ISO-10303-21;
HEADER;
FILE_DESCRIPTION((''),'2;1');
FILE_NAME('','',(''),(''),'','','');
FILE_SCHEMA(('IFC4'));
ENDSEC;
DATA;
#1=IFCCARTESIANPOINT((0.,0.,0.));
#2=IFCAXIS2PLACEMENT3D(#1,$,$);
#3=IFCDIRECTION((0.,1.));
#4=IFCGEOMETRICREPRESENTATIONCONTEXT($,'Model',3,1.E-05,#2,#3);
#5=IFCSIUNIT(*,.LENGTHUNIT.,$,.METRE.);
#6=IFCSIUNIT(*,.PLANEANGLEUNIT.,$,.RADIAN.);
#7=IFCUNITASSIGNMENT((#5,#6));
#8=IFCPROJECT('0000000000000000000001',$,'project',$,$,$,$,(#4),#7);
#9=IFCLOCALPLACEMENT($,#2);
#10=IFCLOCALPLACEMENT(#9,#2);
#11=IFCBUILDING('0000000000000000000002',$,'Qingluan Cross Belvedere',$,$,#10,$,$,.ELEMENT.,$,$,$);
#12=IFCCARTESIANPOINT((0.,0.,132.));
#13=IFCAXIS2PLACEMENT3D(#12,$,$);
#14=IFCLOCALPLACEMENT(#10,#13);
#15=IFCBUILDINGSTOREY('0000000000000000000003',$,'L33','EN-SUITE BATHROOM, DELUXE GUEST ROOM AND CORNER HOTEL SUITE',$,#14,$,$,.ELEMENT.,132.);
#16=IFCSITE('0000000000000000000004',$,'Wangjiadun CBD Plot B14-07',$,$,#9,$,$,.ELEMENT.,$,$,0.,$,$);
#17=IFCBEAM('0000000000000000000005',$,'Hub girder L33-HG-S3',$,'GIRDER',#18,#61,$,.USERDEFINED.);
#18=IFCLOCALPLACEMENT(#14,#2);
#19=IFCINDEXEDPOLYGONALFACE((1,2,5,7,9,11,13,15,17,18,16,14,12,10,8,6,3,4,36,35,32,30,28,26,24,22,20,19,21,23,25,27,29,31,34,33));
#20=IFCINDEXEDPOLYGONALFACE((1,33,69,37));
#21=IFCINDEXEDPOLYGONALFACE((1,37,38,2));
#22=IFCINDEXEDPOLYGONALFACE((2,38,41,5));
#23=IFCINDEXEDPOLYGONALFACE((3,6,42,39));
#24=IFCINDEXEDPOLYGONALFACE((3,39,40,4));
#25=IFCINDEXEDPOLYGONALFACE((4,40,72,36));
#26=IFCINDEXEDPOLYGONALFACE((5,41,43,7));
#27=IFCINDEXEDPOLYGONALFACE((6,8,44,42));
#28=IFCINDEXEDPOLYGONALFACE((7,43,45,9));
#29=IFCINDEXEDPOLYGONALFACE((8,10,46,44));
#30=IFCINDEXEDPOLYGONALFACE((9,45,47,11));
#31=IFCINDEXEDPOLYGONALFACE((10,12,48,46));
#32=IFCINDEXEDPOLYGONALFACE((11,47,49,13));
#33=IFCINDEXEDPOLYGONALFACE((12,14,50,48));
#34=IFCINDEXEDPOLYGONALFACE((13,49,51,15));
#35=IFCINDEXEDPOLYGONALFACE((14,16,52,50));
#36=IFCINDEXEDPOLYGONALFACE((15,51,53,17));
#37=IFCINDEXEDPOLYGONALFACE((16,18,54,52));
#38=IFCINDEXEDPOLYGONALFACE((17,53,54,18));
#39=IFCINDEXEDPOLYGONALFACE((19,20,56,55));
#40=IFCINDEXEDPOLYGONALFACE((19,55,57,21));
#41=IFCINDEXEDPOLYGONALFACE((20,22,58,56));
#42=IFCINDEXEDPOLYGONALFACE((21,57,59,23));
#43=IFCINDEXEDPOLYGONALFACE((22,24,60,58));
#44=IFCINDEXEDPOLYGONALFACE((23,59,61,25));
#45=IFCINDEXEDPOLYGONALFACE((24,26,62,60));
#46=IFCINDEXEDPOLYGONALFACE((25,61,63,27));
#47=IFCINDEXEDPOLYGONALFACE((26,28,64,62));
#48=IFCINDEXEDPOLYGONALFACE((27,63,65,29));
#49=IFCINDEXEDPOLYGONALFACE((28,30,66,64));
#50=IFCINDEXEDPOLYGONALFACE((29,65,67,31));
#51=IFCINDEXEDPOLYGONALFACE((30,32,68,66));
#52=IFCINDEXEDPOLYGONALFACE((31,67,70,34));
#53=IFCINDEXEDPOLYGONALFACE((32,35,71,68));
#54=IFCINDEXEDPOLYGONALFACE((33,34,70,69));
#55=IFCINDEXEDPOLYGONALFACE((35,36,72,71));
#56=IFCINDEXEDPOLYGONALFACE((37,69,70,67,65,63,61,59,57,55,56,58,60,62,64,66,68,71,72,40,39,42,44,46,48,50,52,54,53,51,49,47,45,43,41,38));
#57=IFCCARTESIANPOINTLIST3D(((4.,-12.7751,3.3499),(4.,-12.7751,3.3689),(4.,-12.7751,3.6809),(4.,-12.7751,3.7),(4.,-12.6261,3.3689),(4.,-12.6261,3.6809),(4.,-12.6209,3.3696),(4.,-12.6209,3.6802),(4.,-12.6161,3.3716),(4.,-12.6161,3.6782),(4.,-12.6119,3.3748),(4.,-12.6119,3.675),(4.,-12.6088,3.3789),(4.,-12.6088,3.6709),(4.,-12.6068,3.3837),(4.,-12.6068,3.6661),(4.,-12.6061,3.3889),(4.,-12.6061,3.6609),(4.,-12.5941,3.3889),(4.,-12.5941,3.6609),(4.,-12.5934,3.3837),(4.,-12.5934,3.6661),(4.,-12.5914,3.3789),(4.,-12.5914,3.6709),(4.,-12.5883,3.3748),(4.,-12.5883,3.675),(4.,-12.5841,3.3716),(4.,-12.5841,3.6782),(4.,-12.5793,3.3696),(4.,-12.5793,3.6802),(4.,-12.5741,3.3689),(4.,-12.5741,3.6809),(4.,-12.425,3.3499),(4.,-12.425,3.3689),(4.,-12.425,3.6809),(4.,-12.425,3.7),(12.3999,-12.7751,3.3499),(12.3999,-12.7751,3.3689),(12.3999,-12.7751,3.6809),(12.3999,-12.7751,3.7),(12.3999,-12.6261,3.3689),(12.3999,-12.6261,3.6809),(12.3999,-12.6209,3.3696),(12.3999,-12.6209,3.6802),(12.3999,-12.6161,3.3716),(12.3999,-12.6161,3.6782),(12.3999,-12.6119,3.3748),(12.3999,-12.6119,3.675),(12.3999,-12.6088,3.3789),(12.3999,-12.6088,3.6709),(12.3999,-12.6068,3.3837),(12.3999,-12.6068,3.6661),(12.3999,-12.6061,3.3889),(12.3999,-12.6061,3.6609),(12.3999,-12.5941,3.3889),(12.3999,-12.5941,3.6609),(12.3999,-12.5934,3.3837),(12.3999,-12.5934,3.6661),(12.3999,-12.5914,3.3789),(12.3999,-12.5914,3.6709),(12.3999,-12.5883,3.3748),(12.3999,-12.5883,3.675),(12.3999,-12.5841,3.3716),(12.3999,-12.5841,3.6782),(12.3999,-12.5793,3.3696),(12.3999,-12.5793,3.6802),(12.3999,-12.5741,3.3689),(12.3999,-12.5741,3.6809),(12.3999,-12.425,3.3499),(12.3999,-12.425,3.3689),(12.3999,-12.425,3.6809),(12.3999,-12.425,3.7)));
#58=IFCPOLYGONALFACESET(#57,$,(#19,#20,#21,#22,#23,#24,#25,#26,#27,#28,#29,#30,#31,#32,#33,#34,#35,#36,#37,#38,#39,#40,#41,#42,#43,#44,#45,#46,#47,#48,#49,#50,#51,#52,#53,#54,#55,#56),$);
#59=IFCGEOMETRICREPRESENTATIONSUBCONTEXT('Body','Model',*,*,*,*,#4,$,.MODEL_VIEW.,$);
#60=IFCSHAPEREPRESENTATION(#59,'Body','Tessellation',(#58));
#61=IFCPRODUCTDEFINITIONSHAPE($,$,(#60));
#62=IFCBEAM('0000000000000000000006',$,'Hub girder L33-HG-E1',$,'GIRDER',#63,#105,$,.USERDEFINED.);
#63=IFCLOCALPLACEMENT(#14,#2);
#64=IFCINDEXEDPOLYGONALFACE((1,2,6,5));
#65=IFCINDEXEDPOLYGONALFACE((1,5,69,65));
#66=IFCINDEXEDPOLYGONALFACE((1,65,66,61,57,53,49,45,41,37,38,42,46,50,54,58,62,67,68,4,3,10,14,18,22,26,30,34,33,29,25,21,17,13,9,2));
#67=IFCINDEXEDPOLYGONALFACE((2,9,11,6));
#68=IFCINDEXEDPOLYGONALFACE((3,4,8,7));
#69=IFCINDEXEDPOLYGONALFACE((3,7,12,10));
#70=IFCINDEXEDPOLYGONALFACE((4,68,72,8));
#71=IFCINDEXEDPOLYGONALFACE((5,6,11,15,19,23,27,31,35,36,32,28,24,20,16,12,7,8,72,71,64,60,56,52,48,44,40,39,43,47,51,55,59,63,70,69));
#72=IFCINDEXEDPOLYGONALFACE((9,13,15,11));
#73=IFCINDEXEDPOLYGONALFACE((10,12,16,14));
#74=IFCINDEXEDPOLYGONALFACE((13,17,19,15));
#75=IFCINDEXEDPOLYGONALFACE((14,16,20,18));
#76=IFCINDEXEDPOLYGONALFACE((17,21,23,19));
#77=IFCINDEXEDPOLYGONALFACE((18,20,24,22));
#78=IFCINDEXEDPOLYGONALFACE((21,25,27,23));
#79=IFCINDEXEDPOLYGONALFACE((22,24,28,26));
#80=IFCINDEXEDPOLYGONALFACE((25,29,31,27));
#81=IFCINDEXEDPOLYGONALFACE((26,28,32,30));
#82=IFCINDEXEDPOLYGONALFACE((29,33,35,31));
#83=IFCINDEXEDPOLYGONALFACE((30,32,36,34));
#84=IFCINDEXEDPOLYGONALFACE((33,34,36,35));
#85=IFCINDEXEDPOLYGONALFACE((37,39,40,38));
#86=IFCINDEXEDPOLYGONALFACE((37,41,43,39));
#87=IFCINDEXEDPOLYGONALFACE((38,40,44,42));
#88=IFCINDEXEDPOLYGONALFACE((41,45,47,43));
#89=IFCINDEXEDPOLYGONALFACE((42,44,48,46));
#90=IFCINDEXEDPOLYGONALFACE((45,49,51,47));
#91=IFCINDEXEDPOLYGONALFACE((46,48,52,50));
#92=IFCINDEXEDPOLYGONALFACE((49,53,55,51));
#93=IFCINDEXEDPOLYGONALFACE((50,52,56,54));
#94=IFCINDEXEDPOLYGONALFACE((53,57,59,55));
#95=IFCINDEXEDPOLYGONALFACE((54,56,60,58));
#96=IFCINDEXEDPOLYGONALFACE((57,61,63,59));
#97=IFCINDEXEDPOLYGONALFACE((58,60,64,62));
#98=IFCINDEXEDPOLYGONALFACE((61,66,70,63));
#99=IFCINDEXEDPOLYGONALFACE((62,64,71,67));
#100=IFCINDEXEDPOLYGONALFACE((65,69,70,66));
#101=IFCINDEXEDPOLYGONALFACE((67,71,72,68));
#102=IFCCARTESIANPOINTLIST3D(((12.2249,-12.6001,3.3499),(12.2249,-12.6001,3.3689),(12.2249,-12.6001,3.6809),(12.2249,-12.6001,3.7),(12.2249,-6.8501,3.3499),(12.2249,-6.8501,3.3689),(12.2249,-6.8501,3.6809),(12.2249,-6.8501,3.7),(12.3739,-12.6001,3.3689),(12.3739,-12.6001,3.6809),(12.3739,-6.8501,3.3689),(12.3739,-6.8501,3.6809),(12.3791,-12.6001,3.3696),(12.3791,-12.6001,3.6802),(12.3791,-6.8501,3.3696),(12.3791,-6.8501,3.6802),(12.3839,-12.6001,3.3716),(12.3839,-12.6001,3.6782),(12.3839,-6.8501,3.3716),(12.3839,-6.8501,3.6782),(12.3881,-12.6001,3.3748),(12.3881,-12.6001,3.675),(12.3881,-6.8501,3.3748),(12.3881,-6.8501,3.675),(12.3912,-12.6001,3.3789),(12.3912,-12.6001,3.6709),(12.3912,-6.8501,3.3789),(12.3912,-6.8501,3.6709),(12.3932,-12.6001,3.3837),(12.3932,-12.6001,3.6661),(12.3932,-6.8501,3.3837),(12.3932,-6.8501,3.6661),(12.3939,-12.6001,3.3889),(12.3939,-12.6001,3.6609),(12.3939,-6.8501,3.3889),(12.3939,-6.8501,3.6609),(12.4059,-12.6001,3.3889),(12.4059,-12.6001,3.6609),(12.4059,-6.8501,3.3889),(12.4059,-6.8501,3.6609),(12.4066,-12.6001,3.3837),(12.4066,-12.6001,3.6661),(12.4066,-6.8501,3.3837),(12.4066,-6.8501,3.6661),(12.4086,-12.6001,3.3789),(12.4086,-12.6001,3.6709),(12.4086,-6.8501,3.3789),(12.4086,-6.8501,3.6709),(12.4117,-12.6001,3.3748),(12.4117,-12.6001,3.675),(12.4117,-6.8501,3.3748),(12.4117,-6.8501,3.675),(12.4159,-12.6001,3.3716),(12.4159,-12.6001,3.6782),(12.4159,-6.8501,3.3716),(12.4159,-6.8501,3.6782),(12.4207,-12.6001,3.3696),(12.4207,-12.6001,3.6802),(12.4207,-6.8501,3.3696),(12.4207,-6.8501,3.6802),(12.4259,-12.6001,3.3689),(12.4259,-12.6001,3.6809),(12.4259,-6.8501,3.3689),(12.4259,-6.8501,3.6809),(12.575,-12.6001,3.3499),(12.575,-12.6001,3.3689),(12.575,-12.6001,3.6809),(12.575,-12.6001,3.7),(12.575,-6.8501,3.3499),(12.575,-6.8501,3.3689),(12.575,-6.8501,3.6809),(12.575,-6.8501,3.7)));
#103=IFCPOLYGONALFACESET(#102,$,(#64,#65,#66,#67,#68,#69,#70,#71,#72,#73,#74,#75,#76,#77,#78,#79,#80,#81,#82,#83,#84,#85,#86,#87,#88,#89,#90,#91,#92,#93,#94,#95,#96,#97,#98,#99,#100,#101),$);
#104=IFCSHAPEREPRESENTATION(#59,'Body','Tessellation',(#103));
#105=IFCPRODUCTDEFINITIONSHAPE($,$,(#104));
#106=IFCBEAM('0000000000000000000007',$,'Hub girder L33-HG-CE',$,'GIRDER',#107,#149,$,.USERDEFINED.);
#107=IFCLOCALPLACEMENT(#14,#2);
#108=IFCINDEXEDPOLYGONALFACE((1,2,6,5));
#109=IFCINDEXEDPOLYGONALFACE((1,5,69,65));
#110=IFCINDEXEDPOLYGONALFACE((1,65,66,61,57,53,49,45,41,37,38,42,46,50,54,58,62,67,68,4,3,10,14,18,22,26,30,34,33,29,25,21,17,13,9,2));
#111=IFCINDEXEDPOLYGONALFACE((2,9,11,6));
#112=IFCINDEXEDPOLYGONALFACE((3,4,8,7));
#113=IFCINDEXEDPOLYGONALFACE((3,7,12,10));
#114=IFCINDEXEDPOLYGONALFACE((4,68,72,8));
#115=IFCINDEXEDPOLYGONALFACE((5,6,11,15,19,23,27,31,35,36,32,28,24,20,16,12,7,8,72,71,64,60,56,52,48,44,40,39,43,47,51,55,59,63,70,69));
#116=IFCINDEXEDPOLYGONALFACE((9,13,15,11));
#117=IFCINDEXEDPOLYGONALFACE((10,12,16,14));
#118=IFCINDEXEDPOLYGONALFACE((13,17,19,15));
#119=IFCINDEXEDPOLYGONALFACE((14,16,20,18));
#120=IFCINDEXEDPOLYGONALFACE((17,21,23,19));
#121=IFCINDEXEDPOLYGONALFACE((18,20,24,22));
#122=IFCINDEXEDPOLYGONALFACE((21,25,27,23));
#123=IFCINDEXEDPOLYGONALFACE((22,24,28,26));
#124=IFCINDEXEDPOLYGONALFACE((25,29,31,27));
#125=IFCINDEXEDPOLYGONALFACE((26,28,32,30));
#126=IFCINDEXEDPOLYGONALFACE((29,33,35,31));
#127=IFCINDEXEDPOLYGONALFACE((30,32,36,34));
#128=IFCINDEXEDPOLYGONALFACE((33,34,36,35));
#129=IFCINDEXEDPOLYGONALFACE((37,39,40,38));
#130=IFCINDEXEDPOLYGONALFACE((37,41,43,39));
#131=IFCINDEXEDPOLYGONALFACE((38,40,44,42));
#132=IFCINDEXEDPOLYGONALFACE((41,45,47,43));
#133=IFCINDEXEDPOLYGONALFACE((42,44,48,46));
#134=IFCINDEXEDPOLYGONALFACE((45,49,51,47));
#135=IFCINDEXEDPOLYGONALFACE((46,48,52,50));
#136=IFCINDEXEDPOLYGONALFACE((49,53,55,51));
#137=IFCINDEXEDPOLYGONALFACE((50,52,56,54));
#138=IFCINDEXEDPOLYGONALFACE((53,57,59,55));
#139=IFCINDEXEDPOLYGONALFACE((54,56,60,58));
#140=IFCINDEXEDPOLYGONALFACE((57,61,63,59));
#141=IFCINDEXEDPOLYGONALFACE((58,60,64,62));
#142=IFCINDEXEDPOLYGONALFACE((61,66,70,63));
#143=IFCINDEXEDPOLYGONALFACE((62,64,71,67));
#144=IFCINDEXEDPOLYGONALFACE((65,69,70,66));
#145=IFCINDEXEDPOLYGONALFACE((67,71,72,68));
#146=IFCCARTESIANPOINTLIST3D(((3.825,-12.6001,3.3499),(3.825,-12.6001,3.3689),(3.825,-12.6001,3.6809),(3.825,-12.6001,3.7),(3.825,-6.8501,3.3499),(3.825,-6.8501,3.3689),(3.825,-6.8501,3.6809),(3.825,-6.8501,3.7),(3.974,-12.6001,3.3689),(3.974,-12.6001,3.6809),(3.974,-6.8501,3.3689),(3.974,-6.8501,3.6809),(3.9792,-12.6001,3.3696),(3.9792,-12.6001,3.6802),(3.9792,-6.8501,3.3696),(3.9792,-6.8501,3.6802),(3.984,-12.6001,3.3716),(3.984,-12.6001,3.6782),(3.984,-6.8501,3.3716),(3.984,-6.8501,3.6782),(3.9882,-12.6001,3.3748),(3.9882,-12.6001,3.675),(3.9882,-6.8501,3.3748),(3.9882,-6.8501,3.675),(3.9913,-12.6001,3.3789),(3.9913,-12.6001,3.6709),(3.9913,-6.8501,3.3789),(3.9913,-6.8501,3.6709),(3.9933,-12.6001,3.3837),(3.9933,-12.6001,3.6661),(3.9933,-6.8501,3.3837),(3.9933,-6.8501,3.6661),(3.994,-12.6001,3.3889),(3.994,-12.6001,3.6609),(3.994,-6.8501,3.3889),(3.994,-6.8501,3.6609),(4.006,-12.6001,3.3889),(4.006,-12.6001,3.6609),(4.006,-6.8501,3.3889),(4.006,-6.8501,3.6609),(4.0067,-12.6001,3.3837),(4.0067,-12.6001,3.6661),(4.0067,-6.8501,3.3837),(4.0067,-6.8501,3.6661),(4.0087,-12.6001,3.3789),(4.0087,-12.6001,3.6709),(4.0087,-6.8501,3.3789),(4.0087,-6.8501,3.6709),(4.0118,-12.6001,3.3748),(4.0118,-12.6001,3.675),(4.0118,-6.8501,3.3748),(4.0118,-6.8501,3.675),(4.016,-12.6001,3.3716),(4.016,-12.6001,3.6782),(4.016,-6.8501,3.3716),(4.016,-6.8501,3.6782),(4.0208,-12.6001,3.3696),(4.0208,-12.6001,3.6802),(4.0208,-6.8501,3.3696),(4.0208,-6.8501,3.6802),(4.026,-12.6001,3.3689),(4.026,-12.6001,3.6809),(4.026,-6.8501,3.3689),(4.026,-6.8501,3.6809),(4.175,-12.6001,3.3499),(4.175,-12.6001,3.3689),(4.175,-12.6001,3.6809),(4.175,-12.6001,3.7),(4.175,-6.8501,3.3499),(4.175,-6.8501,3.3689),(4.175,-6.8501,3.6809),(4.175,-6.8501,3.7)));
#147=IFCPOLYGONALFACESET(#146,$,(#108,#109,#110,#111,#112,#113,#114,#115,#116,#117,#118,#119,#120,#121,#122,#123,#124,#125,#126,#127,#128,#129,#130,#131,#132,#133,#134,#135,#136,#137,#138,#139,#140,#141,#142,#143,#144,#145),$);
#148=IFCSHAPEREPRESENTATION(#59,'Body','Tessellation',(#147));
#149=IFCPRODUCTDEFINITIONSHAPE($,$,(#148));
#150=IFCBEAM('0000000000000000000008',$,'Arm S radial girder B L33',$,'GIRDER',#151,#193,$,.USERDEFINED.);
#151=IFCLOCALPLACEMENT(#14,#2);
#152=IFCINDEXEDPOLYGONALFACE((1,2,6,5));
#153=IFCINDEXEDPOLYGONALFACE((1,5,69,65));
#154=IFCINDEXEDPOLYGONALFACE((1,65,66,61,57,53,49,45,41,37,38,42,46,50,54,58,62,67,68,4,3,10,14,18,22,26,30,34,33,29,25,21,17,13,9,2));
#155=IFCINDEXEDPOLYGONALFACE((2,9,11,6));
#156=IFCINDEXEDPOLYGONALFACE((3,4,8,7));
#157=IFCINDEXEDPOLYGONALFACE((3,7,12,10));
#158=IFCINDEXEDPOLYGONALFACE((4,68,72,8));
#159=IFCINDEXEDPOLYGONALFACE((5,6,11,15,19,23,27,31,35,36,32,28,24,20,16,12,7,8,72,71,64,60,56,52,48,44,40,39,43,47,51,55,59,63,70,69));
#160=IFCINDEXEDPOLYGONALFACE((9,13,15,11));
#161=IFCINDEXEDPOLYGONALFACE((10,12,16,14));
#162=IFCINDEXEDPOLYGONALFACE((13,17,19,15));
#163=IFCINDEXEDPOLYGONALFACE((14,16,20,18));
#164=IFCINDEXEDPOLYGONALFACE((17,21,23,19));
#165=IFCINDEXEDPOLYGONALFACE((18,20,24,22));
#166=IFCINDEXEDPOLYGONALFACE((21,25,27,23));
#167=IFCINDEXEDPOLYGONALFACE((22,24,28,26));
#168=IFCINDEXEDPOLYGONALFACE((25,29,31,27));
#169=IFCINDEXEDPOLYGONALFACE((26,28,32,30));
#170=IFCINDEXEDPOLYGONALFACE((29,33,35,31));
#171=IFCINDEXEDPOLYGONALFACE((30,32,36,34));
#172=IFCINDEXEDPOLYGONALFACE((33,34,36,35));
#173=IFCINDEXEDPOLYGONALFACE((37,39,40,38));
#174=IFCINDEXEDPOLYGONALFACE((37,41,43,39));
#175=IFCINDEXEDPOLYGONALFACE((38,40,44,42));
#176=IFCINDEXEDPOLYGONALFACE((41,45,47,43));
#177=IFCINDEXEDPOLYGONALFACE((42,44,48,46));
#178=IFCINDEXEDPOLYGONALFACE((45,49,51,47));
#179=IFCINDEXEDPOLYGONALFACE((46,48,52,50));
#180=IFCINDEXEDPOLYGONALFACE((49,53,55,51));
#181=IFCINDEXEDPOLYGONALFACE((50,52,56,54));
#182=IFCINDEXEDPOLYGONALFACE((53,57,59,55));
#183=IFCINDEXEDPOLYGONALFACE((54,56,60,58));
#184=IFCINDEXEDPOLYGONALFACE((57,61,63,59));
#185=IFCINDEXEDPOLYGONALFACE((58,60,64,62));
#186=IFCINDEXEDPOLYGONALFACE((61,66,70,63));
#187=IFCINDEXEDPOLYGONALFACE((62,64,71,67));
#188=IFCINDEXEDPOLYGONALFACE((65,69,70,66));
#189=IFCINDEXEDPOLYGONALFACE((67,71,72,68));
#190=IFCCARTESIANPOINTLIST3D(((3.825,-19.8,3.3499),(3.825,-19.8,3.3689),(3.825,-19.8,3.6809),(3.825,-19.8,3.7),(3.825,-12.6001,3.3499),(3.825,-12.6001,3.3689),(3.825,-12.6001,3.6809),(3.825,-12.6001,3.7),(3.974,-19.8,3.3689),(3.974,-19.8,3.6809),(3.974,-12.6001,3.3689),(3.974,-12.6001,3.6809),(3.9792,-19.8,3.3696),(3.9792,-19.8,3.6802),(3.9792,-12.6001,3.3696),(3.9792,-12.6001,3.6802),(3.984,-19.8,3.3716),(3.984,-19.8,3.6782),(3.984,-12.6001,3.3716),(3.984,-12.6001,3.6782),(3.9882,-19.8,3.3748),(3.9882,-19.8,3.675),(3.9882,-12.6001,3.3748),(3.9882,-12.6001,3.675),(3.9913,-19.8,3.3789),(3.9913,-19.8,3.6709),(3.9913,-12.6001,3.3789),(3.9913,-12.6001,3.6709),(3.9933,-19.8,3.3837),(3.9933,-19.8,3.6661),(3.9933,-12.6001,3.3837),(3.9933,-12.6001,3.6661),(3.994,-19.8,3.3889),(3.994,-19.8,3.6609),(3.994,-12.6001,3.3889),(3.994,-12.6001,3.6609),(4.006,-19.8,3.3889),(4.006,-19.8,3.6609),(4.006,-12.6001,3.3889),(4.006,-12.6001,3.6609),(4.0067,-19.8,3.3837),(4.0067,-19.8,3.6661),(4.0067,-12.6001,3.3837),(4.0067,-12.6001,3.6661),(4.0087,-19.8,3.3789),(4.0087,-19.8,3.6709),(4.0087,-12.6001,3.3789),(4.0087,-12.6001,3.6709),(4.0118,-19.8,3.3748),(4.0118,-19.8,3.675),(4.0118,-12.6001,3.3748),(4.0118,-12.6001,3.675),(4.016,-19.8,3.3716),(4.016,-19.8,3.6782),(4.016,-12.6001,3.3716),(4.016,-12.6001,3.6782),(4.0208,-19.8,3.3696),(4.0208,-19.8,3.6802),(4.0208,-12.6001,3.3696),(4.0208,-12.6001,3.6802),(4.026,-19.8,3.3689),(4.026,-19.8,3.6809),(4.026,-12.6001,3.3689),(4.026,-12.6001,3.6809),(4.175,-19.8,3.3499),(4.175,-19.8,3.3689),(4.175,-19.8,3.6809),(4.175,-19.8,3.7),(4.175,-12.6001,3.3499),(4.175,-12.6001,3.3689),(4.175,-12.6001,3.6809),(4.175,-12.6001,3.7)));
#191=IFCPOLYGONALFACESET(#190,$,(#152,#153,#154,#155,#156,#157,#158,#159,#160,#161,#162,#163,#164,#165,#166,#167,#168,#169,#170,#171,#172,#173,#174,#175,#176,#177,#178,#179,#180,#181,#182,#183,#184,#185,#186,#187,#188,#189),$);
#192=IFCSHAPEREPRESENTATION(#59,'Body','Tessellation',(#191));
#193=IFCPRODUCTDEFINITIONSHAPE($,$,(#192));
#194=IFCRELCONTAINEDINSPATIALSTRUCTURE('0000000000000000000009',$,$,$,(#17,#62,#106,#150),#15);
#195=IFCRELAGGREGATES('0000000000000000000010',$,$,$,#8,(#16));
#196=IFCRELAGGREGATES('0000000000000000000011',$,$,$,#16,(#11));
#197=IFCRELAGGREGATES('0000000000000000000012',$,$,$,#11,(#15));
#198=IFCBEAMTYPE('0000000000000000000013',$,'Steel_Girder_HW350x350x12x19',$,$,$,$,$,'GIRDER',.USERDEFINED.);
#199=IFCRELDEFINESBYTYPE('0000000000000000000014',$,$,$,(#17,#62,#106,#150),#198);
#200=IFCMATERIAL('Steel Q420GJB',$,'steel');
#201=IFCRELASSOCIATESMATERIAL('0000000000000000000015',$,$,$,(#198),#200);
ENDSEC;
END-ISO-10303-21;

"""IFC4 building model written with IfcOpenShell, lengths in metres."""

from ifc_helpers import new_model, si_unit, direction, frame, origin, origin_2d, place, context, subcontext, project, spatial, i_section, extrude, material, material_profile, profile_set, type_object, element, save


model = new_model("IFC4")

# Units and contexts
model_context = context("Model", 3, precision=1e-05, world=origin(), true_north=direction((0.0, 1.0)))
body_context = subcontext(model_context, "Body", "Model", "MODEL_VIEW")
ifc_project = project(units=[si_unit("LENGTHUNIT", "METRE"), si_unit("PLANEANGLEUNIT", "RADIAN")], contexts=[model_context])

# Site, building, storey
site_placement = place(None, origin())
site = spatial("IfcSite", under=ifc_project, at=site_placement, Name="Wangjiadun CBD Plot B14-07", CompositionType="ELEMENT", RefElevation=0.0)
building_placement = place(site_placement, origin())
building = spatial("IfcBuilding", under=site, at=building_placement, Name="Qingluan Cross Belvedere", CompositionType="ELEMENT")
storey_placement = place(building_placement, frame((0.0, 0.0, 132.0)))
storey = spatial("IfcBuildingStorey", under=building, at=storey_placement, Name="L33", Description="EN-SUITE BATHROOM, DELUXE GUEST ROOM AND CORNER HOTEL SUITE", CompositionType="ELEMENT", Elevation=132.0)

# Beams
ifc_material_1 = material(Name="Steel Q420GJB", Category="steel")
ifc_material_profile_1 = material_profile(ifc_material_1, i_section(OverallWidth=0.3501, OverallDepth=0.3501, WebThickness=0.012, FlangeThickness=0.019, FilletRadius=0.02, at=origin_2d()), Name="HW350x350x12x19")
ifc_profile_set_1 = profile_set([ifc_material_profile_1], Name="Steel Q420GJB")
beam_type_1 = type_object("IfcBeamType", Name="Steel_Girder_HW350x350x12x19", ElementType="GIRDER", PredefinedType="USERDEFINED", material=ifc_profile_set_1)
beam_1_placement = place(storey_placement, frame((4.0, -12.6001, 3.5249), z_axis=(1.0, 0.0, 0.0), x_axis=(0.0, 1.0, 0.0)))
element("IfcBeam", 1, at=beam_1_placement, inside=storey, type_object=beam_type_1, Name="Hub girder L33-HG-S3", ObjectType="GIRDER", PredefinedType="USERDEFINED", context=body_context, shape_type="SweptSolid", body=[
    extrude(i_section(OverallWidth=0.3501, OverallDepth=0.3501, WebThickness=0.012, FlangeThickness=0.019, FilletRadius=0.02, at=origin_2d()), origin(), (0.0, 0.0, 1.0), 8.3999),
])
for number, where, z_axis, x_axis, name in (
    (2, (12.3999, -12.6001, 3.5249), (0.0, 1.0, 0.0), (-1.0, 0.0, 0.0), "Hub girder L33-HG-E1"),
    (3, (4.0, -12.6001, 3.5249), (0.0, 1.0, 0.0), (-1.0, 0.0, 0.0), "Hub girder L33-HG-CE"),
):
    element("IfcBeam", number, at=place(storey_placement, frame(where, z_axis=z_axis, x_axis=x_axis)), inside=storey, type_object=beam_type_1, Name=name, ObjectType="GIRDER", PredefinedType="USERDEFINED", context=body_context, shape_type="SweptSolid", body=[
        extrude(i_section(OverallWidth=0.3501, OverallDepth=0.3501, WebThickness=0.012, FlangeThickness=0.019, FilletRadius=0.02, at=origin_2d()), origin(), (0.0, 0.0, 1.0), 5.75),
    ])
beam_2_placement = place(storey_placement, frame((4.0, -12.6001, 3.5249), z_axis=(0.0, -1.0, 0.0), x_axis=(1.0, 0.0, 0.0)))
element("IfcBeam", 4, at=beam_2_placement, inside=storey, type_object=beam_type_1, Name="Arm S radial girder B L33", ObjectType="GIRDER", PredefinedType="USERDEFINED", context=body_context, shape_type="SweptSolid", body=[
    extrude(i_section(OverallWidth=0.3501, OverallDepth=0.3501, WebThickness=0.012, FlangeThickness=0.019, FilletRadius=0.02, at=origin_2d()), origin(), (0.0, 0.0, 1.0), 7.2),
])

save(model, "model.ifc")
